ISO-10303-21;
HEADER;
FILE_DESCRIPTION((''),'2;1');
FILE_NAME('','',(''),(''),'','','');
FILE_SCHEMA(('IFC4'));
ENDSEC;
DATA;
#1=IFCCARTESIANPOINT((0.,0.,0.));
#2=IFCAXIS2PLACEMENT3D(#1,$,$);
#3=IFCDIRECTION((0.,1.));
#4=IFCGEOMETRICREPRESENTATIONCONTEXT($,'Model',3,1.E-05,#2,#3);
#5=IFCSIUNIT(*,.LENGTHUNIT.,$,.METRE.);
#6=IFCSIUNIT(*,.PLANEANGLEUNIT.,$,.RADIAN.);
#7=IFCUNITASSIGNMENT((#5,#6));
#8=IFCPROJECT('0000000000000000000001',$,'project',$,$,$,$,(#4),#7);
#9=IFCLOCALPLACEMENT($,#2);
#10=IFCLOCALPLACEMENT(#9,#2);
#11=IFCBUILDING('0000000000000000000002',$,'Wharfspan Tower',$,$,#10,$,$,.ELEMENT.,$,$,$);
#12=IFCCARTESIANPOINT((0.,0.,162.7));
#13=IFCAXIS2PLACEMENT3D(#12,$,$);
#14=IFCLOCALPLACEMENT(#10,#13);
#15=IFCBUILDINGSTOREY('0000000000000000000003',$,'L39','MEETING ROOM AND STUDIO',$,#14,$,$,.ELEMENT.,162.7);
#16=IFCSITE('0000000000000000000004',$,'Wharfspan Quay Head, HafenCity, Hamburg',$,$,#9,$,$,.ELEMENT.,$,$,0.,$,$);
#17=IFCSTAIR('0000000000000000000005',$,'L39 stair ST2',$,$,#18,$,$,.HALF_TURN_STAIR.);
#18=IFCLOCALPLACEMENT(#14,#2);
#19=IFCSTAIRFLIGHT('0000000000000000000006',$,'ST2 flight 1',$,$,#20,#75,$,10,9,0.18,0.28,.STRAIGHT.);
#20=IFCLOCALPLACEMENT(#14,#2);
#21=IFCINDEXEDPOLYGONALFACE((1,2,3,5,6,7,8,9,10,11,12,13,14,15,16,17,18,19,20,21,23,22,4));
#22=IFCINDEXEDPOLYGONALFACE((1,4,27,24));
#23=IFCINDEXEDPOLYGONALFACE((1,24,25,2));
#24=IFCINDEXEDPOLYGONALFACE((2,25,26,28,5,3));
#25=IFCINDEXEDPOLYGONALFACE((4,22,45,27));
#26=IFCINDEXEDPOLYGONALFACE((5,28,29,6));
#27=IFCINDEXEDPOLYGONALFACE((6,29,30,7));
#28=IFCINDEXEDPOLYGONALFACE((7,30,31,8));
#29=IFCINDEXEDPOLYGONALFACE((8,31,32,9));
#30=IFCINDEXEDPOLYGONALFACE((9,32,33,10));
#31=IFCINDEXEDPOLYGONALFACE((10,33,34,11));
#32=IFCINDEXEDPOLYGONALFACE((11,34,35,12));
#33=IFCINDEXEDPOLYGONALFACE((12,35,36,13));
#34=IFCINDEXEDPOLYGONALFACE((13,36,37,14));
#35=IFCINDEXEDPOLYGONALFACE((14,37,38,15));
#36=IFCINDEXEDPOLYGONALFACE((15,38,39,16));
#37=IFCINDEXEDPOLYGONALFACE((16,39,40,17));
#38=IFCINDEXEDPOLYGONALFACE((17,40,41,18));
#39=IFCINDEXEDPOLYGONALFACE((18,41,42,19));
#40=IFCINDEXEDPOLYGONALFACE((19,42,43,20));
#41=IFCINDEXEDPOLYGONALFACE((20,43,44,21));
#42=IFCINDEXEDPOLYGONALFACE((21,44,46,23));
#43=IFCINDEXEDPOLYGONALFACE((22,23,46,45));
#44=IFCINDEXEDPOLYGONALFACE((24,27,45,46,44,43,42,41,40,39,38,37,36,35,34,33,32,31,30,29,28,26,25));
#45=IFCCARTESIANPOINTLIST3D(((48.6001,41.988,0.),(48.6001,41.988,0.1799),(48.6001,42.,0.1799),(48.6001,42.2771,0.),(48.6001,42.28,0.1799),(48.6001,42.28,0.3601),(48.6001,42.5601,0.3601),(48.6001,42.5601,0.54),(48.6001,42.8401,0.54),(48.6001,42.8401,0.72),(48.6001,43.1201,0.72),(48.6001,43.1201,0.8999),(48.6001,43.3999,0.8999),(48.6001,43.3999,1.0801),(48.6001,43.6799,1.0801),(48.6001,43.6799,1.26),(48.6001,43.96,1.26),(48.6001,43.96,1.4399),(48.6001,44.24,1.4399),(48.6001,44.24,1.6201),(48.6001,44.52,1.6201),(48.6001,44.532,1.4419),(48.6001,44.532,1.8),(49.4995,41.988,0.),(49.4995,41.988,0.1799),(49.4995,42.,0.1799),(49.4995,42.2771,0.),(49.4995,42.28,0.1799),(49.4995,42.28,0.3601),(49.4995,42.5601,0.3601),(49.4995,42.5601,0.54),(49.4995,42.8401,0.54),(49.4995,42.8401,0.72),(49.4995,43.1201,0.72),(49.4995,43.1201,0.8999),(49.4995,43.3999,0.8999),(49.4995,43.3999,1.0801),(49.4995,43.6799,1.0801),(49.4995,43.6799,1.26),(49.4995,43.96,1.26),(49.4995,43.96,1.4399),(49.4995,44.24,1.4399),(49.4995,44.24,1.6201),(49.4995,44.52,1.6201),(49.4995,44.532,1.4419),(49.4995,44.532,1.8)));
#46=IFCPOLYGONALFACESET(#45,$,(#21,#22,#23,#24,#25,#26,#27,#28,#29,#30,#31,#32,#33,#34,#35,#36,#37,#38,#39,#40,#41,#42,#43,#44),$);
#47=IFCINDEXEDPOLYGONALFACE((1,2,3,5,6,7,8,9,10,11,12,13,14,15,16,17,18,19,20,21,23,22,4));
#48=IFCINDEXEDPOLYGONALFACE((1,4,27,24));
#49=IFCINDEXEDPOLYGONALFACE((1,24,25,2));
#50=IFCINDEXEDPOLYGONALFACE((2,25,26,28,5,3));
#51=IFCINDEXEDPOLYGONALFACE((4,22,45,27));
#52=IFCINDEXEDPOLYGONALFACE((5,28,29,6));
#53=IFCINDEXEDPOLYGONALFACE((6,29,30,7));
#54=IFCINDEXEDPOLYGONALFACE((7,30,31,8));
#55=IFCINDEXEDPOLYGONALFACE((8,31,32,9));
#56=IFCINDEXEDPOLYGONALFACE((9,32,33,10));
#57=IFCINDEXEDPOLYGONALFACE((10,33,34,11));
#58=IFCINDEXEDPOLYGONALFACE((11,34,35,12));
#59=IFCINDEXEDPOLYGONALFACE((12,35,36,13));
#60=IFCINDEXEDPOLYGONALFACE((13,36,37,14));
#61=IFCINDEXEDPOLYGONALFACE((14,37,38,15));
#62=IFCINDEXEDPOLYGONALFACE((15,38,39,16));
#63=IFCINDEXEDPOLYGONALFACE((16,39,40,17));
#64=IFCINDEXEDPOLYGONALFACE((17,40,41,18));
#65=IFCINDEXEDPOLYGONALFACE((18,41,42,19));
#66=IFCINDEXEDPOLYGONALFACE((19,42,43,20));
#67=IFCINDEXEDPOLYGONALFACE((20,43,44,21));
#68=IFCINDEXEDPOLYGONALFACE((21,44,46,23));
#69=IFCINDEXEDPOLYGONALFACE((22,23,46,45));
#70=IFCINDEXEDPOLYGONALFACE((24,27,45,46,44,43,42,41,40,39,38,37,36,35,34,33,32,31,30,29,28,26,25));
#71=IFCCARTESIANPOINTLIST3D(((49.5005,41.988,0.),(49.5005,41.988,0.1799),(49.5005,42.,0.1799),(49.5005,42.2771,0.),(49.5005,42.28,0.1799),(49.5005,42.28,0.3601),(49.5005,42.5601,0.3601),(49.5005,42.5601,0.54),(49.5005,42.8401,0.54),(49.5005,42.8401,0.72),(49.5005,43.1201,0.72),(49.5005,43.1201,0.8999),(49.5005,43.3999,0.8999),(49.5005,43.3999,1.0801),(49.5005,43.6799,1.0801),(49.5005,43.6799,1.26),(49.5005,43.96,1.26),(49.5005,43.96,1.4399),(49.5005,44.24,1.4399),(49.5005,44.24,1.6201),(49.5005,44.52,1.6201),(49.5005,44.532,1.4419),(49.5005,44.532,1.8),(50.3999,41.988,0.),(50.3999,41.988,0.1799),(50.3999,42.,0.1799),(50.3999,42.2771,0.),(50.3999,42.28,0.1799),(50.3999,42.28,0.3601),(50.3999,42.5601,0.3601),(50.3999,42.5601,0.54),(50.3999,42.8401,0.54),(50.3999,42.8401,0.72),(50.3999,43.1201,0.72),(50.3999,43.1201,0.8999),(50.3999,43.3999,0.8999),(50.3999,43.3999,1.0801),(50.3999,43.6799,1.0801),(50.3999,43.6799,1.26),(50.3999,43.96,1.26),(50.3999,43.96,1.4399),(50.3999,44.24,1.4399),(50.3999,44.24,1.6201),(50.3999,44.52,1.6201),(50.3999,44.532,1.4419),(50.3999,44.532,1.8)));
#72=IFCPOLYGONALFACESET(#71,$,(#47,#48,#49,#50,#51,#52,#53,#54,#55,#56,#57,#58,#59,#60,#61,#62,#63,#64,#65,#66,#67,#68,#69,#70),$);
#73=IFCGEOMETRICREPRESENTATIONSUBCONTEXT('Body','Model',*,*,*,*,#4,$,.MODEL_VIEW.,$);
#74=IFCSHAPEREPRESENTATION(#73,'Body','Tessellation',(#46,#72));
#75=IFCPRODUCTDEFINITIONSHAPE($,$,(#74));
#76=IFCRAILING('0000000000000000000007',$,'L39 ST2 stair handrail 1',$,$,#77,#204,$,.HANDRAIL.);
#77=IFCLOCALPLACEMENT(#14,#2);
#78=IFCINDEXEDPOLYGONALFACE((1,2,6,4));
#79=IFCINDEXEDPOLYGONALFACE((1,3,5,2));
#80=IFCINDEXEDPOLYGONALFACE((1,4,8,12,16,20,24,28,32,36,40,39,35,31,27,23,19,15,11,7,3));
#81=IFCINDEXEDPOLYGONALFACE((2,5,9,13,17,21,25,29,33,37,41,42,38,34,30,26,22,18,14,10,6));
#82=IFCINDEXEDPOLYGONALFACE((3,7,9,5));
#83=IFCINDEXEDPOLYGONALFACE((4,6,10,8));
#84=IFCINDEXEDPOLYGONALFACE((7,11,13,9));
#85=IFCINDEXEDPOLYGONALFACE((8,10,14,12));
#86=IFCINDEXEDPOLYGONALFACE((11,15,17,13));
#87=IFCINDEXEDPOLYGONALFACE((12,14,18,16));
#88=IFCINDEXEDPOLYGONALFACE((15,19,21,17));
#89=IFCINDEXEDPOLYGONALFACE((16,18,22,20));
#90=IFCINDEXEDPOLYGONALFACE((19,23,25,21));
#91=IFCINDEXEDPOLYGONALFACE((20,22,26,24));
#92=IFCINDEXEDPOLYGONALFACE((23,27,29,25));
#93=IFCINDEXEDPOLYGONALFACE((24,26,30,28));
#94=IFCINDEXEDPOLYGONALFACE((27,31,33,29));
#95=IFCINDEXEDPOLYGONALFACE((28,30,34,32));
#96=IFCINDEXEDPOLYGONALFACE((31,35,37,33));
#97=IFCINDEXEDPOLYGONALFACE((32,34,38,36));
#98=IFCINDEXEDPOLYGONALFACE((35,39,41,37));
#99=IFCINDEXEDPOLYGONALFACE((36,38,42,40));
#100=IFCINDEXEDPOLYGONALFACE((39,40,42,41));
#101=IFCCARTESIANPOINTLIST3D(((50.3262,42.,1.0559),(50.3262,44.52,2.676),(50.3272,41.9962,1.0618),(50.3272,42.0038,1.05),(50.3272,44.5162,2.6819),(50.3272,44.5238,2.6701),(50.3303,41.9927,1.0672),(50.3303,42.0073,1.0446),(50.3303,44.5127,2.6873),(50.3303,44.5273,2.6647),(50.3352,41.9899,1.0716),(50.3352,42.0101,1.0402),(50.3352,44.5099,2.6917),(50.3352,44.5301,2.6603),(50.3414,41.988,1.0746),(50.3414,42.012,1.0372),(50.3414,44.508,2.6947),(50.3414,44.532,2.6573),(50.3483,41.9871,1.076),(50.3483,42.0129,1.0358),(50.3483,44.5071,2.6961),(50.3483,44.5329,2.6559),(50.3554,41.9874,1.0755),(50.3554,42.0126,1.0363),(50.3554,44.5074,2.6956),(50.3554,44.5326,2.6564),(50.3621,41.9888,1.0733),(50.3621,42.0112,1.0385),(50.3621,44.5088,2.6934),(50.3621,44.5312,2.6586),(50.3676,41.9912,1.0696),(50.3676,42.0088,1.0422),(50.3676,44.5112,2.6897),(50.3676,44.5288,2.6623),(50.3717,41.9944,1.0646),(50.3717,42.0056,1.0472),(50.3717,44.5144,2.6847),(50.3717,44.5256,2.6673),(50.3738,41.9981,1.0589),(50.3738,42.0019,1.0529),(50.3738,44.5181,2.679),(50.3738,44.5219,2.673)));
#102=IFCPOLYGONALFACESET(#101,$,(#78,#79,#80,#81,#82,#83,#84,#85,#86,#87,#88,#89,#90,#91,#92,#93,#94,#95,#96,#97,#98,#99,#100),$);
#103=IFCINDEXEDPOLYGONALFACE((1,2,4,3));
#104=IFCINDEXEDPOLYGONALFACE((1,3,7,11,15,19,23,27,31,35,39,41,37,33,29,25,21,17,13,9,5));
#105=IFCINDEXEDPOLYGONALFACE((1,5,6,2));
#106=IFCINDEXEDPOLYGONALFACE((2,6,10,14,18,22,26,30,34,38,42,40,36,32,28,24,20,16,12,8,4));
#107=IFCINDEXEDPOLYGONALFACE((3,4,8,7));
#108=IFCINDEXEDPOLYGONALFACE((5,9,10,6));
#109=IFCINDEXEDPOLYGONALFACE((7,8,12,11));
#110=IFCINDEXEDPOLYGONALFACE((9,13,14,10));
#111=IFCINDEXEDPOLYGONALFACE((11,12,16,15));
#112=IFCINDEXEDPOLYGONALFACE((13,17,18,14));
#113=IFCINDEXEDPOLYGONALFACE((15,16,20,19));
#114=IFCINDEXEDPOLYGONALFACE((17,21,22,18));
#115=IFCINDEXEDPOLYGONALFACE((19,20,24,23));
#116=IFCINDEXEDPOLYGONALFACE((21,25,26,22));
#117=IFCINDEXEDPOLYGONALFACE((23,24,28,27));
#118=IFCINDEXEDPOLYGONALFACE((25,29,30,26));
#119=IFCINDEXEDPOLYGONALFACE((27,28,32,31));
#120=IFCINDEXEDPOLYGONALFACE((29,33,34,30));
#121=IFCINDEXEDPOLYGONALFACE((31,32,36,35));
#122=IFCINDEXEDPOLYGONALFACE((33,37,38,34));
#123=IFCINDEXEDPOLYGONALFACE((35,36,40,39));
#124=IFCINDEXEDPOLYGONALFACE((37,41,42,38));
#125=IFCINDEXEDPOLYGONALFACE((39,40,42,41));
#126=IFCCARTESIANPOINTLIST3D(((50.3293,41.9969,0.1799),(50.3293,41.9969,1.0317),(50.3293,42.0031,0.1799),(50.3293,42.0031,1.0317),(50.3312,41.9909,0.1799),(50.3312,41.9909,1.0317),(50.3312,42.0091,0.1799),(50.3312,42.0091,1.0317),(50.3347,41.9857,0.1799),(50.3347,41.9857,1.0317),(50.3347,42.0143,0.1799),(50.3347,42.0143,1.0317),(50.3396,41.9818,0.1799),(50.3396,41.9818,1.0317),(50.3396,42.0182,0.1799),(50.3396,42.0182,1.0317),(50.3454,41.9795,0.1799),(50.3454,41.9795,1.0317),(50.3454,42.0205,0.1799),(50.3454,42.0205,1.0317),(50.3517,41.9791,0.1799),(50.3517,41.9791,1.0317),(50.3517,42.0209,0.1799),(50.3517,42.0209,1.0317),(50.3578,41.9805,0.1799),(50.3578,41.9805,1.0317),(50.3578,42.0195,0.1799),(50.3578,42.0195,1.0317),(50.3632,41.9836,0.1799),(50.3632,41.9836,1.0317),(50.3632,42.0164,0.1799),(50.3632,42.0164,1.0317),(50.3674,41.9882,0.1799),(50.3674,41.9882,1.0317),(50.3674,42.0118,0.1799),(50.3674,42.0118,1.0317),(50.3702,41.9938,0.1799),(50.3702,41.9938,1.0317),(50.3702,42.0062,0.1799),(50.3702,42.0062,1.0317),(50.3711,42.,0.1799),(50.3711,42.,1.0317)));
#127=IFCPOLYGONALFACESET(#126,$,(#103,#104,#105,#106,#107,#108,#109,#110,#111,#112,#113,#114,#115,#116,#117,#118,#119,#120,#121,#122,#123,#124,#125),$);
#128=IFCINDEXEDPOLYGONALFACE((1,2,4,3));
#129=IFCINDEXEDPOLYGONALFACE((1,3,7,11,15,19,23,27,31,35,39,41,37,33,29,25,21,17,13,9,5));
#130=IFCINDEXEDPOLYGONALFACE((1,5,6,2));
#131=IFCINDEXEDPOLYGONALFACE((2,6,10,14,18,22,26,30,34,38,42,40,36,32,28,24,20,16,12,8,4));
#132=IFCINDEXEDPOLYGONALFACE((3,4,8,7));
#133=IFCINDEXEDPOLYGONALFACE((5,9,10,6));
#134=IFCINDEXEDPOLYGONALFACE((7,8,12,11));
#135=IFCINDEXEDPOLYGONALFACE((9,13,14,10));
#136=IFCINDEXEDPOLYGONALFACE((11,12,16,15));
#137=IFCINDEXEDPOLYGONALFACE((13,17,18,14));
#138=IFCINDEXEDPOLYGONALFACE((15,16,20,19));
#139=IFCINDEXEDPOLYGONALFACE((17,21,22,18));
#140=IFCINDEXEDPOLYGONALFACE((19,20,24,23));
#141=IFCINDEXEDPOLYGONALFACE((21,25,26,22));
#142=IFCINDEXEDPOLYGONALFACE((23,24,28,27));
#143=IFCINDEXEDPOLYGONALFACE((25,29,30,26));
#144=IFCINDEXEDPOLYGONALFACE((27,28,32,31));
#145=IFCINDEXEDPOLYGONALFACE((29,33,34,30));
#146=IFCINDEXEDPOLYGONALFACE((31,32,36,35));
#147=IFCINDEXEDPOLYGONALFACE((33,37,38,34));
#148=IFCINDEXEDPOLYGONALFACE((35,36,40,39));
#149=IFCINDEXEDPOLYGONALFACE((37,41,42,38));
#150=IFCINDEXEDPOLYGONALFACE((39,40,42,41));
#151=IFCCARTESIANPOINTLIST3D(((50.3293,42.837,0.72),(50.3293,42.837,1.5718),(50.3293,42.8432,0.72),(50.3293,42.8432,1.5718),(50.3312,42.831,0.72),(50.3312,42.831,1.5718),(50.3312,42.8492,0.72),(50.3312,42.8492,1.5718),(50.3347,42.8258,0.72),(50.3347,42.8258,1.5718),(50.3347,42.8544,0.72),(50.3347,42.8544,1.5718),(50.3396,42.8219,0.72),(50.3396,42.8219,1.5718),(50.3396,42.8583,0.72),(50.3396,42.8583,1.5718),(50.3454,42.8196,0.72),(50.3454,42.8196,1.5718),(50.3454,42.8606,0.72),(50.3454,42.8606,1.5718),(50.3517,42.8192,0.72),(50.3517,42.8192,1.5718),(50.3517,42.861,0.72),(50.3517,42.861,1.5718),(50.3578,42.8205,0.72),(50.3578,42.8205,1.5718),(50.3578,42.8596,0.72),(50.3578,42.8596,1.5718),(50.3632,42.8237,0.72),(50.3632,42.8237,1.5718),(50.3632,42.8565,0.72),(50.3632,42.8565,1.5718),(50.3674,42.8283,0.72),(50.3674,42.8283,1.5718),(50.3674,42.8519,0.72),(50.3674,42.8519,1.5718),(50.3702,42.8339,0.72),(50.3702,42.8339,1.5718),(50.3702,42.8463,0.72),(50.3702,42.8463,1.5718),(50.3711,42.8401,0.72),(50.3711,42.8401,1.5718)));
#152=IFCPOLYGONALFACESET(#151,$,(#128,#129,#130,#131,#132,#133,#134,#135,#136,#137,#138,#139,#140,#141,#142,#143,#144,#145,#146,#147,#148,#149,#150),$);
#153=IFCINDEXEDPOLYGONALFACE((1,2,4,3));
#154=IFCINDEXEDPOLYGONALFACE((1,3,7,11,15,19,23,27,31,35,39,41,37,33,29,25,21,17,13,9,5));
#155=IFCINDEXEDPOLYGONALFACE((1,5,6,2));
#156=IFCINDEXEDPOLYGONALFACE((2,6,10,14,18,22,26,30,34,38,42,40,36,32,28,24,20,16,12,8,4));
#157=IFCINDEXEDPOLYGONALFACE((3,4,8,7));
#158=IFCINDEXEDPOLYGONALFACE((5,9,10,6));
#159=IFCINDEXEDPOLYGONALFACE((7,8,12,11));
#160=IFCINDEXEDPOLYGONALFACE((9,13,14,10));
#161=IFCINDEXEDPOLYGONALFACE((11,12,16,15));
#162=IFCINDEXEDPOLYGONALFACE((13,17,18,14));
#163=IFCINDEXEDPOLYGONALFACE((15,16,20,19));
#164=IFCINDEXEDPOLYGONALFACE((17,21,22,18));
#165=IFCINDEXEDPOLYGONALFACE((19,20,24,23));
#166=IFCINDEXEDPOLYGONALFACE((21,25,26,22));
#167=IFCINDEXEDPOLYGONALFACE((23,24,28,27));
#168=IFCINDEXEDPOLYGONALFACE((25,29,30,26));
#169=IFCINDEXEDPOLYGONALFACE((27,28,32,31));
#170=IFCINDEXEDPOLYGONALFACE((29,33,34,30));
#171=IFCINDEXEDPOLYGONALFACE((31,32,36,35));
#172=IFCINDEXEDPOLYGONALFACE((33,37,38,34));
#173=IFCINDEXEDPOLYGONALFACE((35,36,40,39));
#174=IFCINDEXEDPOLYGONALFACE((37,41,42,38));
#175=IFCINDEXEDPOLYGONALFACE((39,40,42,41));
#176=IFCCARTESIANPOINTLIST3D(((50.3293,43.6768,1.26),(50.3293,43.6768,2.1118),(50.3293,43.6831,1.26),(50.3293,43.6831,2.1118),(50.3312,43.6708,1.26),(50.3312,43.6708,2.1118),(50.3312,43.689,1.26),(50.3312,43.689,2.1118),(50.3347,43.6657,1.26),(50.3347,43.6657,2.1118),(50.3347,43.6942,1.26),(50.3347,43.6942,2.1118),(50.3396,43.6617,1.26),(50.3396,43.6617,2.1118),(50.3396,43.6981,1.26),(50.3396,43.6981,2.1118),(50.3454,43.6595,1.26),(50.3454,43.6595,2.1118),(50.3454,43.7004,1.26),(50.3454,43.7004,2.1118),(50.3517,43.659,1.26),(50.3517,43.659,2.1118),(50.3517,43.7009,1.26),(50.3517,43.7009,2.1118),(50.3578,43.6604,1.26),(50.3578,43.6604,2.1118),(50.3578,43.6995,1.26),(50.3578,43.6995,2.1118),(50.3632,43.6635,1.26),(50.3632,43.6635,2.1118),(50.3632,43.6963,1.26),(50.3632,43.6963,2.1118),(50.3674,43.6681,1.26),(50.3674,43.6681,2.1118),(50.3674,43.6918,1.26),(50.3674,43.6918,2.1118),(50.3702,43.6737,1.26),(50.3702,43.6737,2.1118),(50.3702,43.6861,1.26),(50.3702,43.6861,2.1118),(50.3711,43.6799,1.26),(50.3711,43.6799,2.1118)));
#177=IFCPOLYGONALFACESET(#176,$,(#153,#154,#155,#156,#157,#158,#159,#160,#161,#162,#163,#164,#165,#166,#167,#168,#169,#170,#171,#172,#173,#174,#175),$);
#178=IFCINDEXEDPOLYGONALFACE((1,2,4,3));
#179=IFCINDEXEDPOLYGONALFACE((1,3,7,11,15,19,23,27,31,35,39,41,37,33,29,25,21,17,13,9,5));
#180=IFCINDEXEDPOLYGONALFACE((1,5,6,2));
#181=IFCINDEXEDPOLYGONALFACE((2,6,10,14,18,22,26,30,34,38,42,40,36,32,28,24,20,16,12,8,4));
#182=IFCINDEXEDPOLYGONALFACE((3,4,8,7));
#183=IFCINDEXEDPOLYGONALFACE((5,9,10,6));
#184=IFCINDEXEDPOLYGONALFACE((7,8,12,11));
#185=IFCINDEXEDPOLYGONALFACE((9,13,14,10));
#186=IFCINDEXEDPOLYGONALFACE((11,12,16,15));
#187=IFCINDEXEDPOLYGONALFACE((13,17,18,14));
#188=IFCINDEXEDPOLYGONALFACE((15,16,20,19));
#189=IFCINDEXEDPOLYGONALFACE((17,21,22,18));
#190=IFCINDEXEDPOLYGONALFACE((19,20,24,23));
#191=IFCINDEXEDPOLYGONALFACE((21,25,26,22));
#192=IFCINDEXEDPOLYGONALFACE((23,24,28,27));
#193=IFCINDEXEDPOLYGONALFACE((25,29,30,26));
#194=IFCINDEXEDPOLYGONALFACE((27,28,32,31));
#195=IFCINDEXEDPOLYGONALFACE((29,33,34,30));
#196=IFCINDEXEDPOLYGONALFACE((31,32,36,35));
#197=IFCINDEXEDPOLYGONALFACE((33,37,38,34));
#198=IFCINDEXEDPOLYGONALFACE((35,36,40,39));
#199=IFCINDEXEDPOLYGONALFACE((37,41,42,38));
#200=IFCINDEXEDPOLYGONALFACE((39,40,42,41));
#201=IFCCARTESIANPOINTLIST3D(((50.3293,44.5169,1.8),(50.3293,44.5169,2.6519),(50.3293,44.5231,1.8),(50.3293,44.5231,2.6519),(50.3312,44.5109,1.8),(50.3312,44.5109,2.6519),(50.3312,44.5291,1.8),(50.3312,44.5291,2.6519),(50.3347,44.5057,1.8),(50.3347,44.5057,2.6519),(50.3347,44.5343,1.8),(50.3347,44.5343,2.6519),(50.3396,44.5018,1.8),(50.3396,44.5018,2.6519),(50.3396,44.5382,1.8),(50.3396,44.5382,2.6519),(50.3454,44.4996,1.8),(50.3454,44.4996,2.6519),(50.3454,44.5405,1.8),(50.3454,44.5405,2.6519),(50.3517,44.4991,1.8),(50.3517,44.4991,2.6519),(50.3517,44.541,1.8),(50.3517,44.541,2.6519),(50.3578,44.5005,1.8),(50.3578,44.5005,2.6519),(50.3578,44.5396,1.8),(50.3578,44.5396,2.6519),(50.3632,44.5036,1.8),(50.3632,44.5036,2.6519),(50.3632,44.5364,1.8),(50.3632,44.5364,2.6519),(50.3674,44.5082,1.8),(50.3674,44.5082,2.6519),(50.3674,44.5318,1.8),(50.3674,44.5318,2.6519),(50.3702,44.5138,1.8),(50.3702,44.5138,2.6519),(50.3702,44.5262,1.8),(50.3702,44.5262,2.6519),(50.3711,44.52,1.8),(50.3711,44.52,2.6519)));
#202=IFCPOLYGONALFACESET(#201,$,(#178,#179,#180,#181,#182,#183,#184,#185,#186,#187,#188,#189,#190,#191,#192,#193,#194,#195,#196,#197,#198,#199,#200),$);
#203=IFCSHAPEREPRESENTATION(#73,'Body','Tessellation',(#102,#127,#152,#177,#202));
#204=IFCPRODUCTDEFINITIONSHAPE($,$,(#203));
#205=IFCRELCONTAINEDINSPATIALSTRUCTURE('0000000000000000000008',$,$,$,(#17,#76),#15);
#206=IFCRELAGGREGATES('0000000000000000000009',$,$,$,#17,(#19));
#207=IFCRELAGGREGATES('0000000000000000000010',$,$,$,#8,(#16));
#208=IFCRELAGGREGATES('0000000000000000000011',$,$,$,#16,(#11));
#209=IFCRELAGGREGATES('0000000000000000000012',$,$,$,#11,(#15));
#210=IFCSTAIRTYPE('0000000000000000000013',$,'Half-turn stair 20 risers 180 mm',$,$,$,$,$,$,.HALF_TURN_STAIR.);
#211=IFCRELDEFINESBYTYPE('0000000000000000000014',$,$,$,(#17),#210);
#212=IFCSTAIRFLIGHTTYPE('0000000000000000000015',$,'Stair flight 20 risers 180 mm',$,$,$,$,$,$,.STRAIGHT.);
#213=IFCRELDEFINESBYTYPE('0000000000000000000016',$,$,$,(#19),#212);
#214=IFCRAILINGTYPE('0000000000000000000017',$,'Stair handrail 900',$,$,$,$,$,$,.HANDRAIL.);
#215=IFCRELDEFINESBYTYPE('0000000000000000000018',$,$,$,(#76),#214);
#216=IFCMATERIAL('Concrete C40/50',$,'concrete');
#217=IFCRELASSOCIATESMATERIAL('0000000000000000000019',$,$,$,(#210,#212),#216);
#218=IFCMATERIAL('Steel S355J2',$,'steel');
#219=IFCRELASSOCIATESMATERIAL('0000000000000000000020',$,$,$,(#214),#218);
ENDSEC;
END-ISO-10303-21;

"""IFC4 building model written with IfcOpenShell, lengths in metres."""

from ifc_helpers import new_model, si_unit, direction, frame, origin, origin_2d, place, context, subcontext, project, spatial, polyline, circle, outline, extrude, material, type_object, element, aggregate, save


model = new_model("IFC4")

# Units and contexts
model_context = context("Model", 3, precision=1e-05, world=origin(), true_north=direction((0.0, 1.0)))
body_context = subcontext(model_context, "Body", "Model", "MODEL_VIEW")
ifc_project = project(units=[si_unit("LENGTHUNIT", "METRE"), si_unit("PLANEANGLEUNIT", "RADIAN")], contexts=[model_context])

# Site, building, storey
site_placement = place(None, origin())
site = spatial("IfcSite", under=ifc_project, at=site_placement, Name="Wharfspan Quay Head, HafenCity, Hamburg", CompositionType="ELEMENT", RefElevation=0.0)
building_placement = place(site_placement, origin())
building = spatial("IfcBuilding", under=site, at=building_placement, Name="Wharfspan Tower", CompositionType="ELEMENT")
storey_placement = place(building_placement, frame((0.0, 0.0, 162.7)))
storey = spatial("IfcBuildingStorey", under=building, at=storey_placement, Name="L39", Description="MEETING ROOM AND STUDIO", CompositionType="ELEMENT", Elevation=162.7)

# Shared definitions
ifc_material_1 = material(Name="Concrete C40/50", Category="concrete")

# Stair, stair flight
stair_type = type_object("IfcStairType", Name="Half-turn stair 20 risers 180 mm", PredefinedType="HALF_TURN_STAIR", material=ifc_material_1)
stair_placement = place(storey_placement, origin())
stair = element("IfcStair", 1, at=stair_placement, inside=storey, type_object=stair_type, Name="L39 stair ST2", PredefinedType="HALF_TURN_STAIR")
stair_flight_type = type_object("IfcStairFlightType", Name="Stair flight 20 risers 180 mm", PredefinedType="STRAIGHT", material=ifc_material_1)
stair_flight_placement = place(storey_placement, frame((49.5, 42.0, 0.0), z_axis=(0.0, 0.0, 1.0), x_axis=(0.0, 1.0, 0.0)))
stair_flight = element("IfcStairFlight", 2, at=stair_flight_placement, type_object=stair_flight_type, Name="ST2 flight 1", NumberOfRisers=10, NumberOfTreads=9, PredefinedType="STRAIGHT", RiserHeight=0.18, TreadLength=0.28, context=body_context, shape_type="SweptSolid", body=[
    extrude(outline(polyline([(-0.012, 0.0), (-0.012, 0.1799), (0.0, 0.1799), (0.28, 0.1799), (0.28, 0.3601), (0.5601, 0.3601), (0.5601, 0.54), (0.8401, 0.54), (0.8401, 0.72), (1.1201, 0.72), (1.1201, 0.8999), (1.3999, 0.8999), (1.3999, 1.0801), (1.6799, 1.0801), (1.6799, 1.26), (1.96, 1.26), (1.96, 1.4399), (2.24, 1.4399), (2.24, 1.6201), (2.52, 1.6201), (2.532, 1.8), (2.532, 1.4419), (0.2771, 0.0), (-0.012, 0.0)])), frame((0.0, 0.8999, 0.0), z_axis=(0.0, -1.0, 0.0), x_axis=(1.0, 0.0, 0.0)), (0.0, 0.0, 1.0), 0.8994),
    extrude(outline(polyline([(-0.012, 0.0), (-0.012, 0.1799), (0.0, 0.1799), (0.28, 0.1799), (0.28, 0.3601), (0.5601, 0.3601), (0.5601, 0.54), (0.8401, 0.54), (0.8401, 0.72), (1.1201, 0.72), (1.1201, 0.8999), (1.3999, 0.8999), (1.3999, 1.0801), (1.6799, 1.0801), (1.6799, 1.26), (1.96, 1.26), (1.96, 1.4399), (2.24, 1.4399), (2.24, 1.6201), (2.52, 1.6201), (2.532, 1.8), (2.532, 1.4419), (0.2771, 0.0), (-0.012, 0.0)])), frame((0.0, -0.0005, 0.0), z_axis=(0.0, -1.0, 0.0), x_axis=(1.0, 0.0, 0.0)), (0.0, 0.0, 1.0), 0.8994),
])
aggregate(stair, [stair_flight])

# Railing
ifc_material_2 = material(Name="Steel S355J2", Category="steel")
railing_type = type_object("IfcRailingType", Name="Stair handrail 900", PredefinedType="HANDRAIL", material=ifc_material_2)
railing_placement = place(storey_placement, frame((50.3501, 42.0, 0.1799)))
element("IfcRailing", 3, at=railing_placement, inside=storey, type_object=railing_type, Name="L39 ST2 stair handrail 1", PredefinedType="HANDRAIL", context=body_context, shape_type="SweptSolid", body=[
    extrude(circle(Radius=0.0239, at=origin_2d()), frame((0.0, 0.0, 0.876), z_axis=(0.0, 0.841163, 0.540782), x_axis=(-1.0, 0.0, 0.0)), (0.0, 0.0, 1.0), 2.9958),
    extrude(circle(Radius=0.021, at=origin_2d()), origin(), (0.0, 0.0, 1.0), 0.8518),
    extrude(circle(Radius=0.021, at=origin_2d()), frame((0.0, 0.8401, 0.54)), (0.0, 0.0, 1.0), 0.8518),
    extrude(circle(Radius=0.021, at=origin_2d()), frame((0.0, 1.6799, 1.0801)), (0.0, 0.0, 1.0), 0.8518),
    extrude(circle(Radius=0.021, at=origin_2d()), frame((0.0, 2.52, 1.6201)), (0.0, 0.0, 1.0), 0.8518),
])

save(model, "model.ifc")
